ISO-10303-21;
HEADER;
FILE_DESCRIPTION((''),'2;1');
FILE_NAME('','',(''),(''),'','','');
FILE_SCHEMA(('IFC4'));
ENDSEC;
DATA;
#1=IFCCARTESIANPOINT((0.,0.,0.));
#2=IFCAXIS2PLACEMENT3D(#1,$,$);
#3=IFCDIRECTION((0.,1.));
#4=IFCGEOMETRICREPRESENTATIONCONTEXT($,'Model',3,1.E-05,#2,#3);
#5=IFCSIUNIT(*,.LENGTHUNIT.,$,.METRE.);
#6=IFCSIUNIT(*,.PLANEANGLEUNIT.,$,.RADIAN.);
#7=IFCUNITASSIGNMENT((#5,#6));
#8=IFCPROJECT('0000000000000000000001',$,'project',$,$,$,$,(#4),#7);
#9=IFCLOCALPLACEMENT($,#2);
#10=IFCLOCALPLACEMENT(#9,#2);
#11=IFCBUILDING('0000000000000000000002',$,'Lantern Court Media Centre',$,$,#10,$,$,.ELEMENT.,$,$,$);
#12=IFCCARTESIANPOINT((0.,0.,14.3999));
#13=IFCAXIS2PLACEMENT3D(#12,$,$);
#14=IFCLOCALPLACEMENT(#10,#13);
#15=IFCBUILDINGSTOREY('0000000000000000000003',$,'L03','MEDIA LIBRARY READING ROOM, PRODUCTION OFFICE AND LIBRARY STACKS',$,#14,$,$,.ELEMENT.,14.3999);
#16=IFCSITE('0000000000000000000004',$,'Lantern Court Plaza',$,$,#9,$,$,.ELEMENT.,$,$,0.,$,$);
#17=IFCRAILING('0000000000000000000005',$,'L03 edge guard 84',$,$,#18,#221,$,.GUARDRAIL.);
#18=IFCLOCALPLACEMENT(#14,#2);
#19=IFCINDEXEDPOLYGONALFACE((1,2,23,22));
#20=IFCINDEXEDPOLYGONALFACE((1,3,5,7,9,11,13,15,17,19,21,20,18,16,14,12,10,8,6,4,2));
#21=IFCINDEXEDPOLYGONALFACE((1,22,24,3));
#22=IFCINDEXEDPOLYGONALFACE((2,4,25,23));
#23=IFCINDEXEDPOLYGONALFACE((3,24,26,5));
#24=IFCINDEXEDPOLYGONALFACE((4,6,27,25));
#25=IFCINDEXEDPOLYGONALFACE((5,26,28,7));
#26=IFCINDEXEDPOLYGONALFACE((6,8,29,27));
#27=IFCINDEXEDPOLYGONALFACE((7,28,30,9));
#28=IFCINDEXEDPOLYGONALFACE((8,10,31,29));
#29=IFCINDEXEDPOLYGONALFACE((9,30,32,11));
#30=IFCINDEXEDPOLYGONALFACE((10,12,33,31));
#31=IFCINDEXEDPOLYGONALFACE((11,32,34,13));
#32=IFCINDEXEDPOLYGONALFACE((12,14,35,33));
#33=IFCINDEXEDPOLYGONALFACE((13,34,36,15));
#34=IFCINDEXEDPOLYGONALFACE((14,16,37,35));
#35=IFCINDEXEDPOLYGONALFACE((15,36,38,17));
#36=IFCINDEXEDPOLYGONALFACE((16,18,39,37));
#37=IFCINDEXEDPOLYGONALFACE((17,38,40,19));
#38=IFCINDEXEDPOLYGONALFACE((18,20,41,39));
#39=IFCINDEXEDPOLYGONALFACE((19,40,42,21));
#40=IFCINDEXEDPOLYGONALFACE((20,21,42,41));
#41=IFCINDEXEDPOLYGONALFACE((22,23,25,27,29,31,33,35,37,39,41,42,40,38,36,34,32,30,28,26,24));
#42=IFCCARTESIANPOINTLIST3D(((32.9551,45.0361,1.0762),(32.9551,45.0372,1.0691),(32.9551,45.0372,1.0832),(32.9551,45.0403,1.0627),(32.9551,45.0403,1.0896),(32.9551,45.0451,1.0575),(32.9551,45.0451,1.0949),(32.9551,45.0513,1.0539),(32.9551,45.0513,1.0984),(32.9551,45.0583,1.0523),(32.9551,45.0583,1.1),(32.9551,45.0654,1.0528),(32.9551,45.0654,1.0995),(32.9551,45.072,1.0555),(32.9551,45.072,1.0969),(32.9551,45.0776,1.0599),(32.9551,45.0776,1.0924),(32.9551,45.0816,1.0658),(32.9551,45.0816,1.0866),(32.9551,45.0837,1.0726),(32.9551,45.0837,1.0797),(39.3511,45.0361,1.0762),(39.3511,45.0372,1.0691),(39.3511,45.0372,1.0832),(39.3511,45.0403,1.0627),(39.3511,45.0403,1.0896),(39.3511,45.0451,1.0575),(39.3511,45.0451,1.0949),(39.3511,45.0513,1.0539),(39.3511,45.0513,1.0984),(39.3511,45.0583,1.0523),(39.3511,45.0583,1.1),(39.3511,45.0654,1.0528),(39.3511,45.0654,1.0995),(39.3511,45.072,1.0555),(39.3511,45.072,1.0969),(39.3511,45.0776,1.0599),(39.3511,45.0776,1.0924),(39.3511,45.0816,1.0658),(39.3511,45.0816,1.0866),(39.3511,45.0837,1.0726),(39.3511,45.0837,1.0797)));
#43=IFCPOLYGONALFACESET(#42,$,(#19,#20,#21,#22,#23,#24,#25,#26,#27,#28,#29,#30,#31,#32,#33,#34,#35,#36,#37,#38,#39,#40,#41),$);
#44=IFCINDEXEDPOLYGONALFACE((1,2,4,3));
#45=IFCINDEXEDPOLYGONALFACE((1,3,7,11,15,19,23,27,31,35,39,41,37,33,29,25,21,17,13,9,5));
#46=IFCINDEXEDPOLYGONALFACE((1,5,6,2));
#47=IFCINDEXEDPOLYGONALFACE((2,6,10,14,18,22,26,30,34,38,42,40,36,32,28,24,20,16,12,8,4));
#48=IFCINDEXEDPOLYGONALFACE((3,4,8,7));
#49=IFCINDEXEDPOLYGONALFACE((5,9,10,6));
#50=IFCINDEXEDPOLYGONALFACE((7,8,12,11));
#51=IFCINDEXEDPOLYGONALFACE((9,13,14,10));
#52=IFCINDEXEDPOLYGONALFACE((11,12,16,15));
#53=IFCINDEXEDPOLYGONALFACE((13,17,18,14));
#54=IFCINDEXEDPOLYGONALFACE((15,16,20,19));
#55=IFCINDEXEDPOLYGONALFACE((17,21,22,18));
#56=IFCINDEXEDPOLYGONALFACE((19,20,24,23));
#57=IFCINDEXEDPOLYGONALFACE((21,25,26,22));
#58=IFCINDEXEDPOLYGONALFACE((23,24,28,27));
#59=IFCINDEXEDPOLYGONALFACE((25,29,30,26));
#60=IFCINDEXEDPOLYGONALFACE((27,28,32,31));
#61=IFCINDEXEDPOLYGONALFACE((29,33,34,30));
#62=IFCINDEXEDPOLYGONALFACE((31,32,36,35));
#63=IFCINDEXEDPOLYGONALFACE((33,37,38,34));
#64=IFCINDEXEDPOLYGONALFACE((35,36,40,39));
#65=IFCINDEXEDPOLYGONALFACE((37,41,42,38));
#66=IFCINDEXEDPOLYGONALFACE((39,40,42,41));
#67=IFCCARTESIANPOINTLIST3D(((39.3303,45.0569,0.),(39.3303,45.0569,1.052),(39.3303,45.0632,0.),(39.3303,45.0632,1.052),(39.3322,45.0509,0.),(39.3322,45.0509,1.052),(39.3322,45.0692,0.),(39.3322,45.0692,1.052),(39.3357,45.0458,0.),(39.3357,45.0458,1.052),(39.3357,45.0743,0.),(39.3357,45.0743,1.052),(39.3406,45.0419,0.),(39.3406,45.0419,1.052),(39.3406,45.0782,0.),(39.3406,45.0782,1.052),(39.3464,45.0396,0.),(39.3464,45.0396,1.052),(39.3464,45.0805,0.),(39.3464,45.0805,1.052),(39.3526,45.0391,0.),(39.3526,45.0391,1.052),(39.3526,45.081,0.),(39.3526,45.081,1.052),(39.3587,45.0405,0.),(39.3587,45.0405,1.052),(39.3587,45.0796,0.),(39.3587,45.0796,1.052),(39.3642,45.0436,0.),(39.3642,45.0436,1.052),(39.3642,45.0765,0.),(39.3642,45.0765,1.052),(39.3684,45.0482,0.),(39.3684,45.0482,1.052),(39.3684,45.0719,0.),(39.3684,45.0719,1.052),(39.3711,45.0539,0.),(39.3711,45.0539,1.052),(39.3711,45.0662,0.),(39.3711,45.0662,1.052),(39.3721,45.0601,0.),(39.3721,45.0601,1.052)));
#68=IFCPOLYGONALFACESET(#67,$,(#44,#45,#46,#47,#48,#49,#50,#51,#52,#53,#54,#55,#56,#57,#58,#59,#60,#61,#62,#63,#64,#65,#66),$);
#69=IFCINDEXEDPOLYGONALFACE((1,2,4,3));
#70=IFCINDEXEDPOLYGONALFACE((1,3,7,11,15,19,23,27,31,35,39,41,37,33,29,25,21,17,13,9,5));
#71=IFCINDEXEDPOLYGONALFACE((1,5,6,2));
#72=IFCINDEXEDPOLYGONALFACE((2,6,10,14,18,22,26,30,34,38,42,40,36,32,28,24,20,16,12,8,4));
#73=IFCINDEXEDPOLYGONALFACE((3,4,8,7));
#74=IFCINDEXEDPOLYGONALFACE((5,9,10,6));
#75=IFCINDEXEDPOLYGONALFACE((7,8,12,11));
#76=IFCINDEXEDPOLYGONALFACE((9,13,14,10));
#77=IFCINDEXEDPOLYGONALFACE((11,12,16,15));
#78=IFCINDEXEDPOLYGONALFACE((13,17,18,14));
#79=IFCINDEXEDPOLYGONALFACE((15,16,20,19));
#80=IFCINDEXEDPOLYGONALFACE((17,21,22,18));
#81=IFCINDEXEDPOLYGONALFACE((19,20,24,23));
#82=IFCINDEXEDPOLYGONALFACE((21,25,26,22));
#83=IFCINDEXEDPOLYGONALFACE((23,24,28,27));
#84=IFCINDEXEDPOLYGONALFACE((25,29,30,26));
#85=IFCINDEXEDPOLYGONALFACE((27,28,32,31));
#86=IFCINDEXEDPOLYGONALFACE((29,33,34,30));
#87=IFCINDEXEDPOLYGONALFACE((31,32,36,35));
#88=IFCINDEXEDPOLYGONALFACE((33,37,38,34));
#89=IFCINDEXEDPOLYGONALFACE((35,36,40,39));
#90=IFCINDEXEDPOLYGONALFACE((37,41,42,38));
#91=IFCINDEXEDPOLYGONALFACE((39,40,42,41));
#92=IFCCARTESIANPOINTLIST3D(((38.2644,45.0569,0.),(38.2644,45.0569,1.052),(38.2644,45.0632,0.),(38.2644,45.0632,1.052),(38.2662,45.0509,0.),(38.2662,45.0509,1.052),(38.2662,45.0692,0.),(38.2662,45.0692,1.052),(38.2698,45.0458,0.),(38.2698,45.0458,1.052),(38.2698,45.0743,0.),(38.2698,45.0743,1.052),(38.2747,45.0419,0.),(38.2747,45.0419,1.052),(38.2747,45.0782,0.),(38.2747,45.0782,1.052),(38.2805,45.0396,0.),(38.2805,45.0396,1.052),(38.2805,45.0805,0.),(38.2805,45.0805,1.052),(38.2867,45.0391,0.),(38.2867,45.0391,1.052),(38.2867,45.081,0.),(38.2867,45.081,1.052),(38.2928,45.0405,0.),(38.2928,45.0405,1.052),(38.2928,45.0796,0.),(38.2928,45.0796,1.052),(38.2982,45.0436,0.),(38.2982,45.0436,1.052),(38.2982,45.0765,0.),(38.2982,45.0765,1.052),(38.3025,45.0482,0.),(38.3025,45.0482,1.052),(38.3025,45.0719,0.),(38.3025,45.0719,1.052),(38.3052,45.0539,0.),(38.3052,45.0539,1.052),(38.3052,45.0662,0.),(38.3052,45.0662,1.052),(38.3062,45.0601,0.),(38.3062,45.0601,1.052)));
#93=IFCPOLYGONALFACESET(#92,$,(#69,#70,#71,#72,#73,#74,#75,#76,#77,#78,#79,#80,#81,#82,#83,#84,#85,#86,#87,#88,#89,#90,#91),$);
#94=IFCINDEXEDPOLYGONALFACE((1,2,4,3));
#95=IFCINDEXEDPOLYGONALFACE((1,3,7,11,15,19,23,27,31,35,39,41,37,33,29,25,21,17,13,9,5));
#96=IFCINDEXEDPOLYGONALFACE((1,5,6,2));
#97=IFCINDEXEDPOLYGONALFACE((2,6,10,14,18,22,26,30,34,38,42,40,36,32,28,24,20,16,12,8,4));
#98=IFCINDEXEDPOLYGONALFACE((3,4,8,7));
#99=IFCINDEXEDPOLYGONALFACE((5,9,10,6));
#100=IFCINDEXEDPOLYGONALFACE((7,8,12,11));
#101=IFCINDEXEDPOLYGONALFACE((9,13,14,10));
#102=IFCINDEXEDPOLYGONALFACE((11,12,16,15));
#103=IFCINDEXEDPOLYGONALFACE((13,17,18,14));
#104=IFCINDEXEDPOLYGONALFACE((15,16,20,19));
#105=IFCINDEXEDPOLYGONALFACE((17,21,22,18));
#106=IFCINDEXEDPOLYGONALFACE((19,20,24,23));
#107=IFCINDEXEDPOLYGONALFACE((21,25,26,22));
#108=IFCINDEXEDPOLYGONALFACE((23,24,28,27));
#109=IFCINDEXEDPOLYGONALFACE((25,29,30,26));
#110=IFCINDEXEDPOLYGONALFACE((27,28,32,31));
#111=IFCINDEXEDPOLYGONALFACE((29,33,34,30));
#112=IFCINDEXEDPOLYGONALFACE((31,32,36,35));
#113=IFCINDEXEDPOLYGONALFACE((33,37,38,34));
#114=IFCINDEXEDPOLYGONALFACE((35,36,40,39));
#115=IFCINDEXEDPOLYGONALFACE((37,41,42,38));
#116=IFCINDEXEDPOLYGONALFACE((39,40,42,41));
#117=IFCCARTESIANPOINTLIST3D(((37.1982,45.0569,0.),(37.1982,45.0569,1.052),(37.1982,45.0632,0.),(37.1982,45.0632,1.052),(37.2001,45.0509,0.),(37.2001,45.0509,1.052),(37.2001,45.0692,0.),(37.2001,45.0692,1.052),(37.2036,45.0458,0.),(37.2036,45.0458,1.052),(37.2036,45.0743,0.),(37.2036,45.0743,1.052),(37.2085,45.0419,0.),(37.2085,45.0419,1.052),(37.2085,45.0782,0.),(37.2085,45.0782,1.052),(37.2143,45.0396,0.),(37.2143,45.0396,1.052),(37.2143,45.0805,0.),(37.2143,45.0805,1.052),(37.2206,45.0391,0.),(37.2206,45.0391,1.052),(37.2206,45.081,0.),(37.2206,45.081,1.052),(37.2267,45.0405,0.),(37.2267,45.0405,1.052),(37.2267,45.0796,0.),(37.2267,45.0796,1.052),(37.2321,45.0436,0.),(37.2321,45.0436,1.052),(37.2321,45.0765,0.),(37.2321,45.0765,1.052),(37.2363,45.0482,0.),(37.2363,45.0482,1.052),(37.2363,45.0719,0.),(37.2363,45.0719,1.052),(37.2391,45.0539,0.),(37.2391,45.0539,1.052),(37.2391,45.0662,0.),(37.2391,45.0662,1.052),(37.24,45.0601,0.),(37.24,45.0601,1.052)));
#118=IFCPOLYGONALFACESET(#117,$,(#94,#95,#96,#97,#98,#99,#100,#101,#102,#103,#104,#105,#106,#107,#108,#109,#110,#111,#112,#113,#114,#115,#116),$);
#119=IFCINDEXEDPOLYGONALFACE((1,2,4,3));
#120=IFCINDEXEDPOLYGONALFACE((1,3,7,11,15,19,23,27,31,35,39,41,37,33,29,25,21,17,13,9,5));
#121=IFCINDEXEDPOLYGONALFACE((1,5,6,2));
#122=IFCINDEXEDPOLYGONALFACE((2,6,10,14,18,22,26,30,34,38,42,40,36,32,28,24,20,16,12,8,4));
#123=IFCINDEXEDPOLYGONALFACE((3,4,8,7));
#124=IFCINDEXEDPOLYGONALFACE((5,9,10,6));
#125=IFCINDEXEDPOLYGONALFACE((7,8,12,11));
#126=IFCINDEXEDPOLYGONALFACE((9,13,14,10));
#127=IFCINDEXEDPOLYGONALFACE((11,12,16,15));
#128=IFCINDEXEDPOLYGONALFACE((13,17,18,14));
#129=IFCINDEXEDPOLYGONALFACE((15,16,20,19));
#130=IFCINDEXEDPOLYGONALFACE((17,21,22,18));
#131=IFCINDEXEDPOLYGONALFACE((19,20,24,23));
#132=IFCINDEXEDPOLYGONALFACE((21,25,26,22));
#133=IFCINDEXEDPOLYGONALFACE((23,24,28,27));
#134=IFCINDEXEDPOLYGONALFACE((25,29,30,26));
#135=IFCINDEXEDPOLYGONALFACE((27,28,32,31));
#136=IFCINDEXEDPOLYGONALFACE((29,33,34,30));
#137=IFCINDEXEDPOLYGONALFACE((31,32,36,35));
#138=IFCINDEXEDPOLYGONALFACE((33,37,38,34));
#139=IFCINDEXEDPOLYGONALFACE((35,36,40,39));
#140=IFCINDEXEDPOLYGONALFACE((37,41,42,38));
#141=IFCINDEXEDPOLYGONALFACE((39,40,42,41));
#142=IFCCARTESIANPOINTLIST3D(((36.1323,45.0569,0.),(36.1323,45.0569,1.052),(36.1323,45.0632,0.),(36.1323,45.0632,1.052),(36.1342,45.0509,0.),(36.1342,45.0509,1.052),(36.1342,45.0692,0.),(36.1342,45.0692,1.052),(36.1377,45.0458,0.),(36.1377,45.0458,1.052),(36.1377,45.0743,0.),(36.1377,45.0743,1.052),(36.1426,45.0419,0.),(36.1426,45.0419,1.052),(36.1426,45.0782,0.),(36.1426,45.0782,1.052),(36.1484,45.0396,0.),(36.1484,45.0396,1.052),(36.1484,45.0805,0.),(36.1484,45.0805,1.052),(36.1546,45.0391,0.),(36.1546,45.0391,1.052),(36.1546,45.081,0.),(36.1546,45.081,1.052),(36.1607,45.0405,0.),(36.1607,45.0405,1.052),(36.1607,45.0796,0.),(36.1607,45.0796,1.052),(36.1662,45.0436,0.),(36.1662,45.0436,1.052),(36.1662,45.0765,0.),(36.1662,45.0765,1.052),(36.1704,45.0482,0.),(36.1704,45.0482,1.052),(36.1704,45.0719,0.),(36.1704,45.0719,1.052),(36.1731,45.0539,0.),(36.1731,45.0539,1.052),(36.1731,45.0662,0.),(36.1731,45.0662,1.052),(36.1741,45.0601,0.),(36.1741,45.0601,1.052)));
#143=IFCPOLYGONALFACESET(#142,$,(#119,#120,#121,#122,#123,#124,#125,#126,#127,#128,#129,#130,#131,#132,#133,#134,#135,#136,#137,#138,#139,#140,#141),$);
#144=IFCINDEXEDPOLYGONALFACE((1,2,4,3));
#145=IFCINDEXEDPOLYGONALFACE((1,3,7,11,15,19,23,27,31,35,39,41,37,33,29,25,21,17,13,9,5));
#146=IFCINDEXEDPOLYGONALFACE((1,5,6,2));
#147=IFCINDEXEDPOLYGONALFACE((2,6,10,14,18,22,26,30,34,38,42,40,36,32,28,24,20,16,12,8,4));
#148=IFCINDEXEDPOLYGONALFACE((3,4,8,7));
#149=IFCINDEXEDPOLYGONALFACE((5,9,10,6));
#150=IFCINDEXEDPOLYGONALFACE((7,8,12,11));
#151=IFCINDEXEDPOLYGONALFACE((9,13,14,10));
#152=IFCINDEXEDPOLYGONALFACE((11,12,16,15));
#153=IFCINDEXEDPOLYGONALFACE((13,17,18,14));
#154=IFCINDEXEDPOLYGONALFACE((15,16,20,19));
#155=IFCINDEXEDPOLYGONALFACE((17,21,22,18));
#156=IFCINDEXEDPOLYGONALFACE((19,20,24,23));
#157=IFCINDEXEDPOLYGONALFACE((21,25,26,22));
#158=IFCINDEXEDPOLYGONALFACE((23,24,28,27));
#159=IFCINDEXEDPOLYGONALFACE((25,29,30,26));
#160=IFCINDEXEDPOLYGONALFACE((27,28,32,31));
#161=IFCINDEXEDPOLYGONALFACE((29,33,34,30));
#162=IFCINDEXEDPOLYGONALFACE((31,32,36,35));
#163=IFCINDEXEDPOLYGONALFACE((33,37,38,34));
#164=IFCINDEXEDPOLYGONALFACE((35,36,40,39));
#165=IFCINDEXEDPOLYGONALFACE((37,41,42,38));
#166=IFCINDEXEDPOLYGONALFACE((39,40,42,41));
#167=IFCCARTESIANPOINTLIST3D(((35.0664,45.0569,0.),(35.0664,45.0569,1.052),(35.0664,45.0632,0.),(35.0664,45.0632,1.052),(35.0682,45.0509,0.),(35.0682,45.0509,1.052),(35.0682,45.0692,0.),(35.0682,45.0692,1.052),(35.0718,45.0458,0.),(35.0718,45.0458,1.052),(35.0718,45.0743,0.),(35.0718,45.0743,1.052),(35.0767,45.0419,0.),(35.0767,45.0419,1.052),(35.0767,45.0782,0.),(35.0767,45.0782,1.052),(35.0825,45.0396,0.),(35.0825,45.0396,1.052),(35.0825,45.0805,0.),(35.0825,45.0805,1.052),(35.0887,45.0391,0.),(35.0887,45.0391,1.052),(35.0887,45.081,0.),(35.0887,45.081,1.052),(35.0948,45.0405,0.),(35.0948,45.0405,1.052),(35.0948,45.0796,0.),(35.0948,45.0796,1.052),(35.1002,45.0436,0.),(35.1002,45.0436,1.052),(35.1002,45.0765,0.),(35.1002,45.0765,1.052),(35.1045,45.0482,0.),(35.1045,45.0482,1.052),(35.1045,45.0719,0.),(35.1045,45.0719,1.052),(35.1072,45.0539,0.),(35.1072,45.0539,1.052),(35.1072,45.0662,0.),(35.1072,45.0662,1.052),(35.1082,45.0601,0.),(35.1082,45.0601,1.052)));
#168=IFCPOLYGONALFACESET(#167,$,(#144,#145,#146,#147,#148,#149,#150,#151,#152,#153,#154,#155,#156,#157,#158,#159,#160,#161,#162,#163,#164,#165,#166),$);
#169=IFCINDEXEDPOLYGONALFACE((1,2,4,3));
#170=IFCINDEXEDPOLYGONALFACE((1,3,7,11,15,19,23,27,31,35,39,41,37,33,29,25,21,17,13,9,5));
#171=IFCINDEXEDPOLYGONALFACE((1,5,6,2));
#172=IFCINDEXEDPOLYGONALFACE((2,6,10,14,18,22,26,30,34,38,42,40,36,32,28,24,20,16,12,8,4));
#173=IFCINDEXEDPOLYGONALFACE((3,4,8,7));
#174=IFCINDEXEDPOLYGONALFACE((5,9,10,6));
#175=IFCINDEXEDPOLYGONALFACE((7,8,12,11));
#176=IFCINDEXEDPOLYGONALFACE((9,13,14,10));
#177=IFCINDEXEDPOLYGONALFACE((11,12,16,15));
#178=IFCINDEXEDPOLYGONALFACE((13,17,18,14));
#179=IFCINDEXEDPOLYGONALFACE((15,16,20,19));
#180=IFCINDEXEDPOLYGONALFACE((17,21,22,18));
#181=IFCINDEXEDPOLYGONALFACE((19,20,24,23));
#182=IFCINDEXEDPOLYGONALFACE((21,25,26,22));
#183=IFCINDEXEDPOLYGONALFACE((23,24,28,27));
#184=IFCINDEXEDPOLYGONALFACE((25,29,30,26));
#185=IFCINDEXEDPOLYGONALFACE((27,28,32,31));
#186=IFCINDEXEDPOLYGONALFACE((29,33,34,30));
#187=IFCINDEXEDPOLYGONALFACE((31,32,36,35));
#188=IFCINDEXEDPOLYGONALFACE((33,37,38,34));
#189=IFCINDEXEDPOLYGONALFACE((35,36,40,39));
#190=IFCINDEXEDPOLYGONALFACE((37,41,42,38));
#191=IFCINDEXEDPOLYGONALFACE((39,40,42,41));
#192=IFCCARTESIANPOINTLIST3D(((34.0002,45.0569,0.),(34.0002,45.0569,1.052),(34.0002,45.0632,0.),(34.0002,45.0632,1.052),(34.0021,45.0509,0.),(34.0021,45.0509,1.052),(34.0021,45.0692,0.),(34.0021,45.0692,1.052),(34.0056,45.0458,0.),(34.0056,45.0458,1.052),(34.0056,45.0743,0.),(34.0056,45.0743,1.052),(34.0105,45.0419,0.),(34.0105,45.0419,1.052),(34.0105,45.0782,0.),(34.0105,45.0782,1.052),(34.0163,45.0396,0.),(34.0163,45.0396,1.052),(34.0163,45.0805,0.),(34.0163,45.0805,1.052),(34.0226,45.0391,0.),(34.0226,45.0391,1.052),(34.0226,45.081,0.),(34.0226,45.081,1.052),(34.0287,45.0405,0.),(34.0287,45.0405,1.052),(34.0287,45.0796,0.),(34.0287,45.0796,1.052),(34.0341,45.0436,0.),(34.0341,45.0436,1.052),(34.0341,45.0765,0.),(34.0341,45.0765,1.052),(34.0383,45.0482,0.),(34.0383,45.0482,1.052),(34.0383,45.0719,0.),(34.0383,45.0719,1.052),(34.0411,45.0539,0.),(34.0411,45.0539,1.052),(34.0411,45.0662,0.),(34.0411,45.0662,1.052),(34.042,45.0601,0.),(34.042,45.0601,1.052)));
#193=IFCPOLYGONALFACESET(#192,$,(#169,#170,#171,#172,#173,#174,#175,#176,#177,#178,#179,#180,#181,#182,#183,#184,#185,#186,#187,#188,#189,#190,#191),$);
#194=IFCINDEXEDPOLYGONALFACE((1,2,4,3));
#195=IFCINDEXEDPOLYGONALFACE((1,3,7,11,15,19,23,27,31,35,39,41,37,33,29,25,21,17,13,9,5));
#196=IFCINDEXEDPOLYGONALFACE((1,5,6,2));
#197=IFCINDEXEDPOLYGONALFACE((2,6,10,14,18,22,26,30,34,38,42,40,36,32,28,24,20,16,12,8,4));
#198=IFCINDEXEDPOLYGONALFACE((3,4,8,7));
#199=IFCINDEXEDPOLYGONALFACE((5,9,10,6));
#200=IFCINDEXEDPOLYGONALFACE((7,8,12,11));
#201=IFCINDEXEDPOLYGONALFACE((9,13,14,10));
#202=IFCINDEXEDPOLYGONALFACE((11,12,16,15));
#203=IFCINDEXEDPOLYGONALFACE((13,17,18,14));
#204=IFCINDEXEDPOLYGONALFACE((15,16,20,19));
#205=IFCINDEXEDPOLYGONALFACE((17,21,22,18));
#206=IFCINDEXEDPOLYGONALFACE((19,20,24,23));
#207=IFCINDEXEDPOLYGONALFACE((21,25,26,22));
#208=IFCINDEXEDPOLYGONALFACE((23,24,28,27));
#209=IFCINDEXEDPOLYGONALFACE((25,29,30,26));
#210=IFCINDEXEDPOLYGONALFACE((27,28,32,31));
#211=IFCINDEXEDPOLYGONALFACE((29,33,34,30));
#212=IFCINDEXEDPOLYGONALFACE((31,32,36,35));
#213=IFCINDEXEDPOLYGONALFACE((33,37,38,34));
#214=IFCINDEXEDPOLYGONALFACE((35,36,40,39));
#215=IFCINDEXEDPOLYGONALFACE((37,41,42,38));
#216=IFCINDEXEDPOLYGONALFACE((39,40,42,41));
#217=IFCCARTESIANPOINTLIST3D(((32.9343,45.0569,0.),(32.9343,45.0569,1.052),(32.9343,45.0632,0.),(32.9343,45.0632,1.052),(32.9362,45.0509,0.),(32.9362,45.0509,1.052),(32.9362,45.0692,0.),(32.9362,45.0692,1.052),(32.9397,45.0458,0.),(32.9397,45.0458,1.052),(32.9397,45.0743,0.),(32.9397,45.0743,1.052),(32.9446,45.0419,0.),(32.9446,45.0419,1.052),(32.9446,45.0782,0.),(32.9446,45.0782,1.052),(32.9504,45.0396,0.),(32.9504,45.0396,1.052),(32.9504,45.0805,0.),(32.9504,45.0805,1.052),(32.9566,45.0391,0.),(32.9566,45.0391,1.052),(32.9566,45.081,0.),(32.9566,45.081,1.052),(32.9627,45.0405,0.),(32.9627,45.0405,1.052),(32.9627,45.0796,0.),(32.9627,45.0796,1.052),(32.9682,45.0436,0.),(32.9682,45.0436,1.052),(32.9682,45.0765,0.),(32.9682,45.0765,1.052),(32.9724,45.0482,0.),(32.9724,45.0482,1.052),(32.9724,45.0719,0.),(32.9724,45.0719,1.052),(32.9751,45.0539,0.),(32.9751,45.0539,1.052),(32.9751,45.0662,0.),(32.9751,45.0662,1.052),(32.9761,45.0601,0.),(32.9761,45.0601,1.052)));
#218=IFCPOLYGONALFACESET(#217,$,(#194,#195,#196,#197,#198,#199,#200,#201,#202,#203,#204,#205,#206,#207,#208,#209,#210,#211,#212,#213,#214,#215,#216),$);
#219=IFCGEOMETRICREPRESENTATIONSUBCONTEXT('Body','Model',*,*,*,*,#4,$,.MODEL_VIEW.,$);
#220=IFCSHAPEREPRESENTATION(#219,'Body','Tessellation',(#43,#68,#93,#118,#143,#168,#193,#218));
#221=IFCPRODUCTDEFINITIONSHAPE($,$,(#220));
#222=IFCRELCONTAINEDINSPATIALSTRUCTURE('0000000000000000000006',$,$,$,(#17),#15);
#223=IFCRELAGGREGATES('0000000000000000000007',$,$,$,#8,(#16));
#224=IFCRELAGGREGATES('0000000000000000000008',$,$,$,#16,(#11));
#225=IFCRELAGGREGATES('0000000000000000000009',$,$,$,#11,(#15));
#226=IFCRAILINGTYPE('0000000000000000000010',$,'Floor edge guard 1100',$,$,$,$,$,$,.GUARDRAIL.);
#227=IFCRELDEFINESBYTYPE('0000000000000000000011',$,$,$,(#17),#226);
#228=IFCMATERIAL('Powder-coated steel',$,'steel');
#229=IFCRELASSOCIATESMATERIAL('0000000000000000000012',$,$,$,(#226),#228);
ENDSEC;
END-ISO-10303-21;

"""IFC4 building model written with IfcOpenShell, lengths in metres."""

from ifc_helpers import new_model, si_unit, direction, frame, origin, origin_2d, place, context, subcontext, project, spatial, circle, extrude, material, type_object, element, save


model = new_model("IFC4")

# Units and contexts
model_context = context("Model", 3, precision=1e-05, world=origin(), true_north=direction((0.0, 1.0)))
body_context = subcontext(model_context, "Body", "Model", "MODEL_VIEW")
ifc_project = project(units=[si_unit("LENGTHUNIT", "METRE"), si_unit("PLANEANGLEUNIT", "RADIAN")], contexts=[model_context])

# Site, building, storey
site_placement = place(None, origin())
site = spatial("IfcSite", under=ifc_project, at=site_placement, Name="Lantern Court Plaza", CompositionType="ELEMENT", RefElevation=0.0)
building_placement = place(site_placement, origin())
building = spatial("IfcBuilding", under=site, at=building_placement, Name="Lantern Court Media Centre", CompositionType="ELEMENT")
storey_placement = place(building_placement, frame((0.0, 0.0, 14.3999)))
storey = spatial("IfcBuildingStorey", under=building, at=storey_placement, Name="L03", Description="MEDIA LIBRARY READING ROOM, PRODUCTION OFFICE AND LIBRARY STACKS", CompositionType="ELEMENT", Elevation=14.3999)

# Railing
ifc_material_1 = material(Name="Powder-coated steel", Category="steel")
railing_type = type_object("IfcRailingType", Name="Floor edge guard 1100", PredefinedType="GUARDRAIL", material=ifc_material_1)
railing_1_placement = place(storey_placement, frame((39.3511, 45.0601, 0.0)))
element("IfcRailing", 1, at=railing_1_placement, inside=storey, type_object=railing_type, Name="L03 edge guard 84", PredefinedType="GUARDRAIL", context=body_context, shape_type="SweptSolid", body=[
    extrude(circle(Radius=0.0239, at=origin_2d()), frame((0.0, 0.0, 1.0762), z_axis=(-1.0, 0.0, 0.0), x_axis=(0.0, -1.0, 0.0)), (0.0, 0.0, 1.0), 6.396),
    extrude(circle(Radius=0.021, at=origin_2d()), origin(), (0.0, 0.0, 1.0), 1.052),
    extrude(circle(Radius=0.021, at=origin_2d()), frame((-1.0659, 0.0, 0.0)), (0.0, 0.0, 1.0), 1.052),
    extrude(circle(Radius=0.021, at=origin_2d()), frame((-2.1321, 0.0, 0.0)), (0.0, 0.0, 1.0), 1.052),
    extrude(circle(Radius=0.021, at=origin_2d()), frame((-3.198, 0.0, 0.0)), (0.0, 0.0, 1.0), 1.052),
    extrude(circle(Radius=0.021, at=origin_2d()), frame((-4.2639, 0.0, 0.0)), (0.0, 0.0, 1.0), 1.052),
    extrude(circle(Radius=0.021, at=origin_2d()), frame((-5.3301, 0.0, 0.0)), (0.0, 0.0, 1.0), 1.052),
    extrude(circle(Radius=0.021, at=origin_2d()), frame((-6.396, 0.0, 0.0)), (0.0, 0.0, 1.0), 1.052),
])

save(model, "model.ifc")
